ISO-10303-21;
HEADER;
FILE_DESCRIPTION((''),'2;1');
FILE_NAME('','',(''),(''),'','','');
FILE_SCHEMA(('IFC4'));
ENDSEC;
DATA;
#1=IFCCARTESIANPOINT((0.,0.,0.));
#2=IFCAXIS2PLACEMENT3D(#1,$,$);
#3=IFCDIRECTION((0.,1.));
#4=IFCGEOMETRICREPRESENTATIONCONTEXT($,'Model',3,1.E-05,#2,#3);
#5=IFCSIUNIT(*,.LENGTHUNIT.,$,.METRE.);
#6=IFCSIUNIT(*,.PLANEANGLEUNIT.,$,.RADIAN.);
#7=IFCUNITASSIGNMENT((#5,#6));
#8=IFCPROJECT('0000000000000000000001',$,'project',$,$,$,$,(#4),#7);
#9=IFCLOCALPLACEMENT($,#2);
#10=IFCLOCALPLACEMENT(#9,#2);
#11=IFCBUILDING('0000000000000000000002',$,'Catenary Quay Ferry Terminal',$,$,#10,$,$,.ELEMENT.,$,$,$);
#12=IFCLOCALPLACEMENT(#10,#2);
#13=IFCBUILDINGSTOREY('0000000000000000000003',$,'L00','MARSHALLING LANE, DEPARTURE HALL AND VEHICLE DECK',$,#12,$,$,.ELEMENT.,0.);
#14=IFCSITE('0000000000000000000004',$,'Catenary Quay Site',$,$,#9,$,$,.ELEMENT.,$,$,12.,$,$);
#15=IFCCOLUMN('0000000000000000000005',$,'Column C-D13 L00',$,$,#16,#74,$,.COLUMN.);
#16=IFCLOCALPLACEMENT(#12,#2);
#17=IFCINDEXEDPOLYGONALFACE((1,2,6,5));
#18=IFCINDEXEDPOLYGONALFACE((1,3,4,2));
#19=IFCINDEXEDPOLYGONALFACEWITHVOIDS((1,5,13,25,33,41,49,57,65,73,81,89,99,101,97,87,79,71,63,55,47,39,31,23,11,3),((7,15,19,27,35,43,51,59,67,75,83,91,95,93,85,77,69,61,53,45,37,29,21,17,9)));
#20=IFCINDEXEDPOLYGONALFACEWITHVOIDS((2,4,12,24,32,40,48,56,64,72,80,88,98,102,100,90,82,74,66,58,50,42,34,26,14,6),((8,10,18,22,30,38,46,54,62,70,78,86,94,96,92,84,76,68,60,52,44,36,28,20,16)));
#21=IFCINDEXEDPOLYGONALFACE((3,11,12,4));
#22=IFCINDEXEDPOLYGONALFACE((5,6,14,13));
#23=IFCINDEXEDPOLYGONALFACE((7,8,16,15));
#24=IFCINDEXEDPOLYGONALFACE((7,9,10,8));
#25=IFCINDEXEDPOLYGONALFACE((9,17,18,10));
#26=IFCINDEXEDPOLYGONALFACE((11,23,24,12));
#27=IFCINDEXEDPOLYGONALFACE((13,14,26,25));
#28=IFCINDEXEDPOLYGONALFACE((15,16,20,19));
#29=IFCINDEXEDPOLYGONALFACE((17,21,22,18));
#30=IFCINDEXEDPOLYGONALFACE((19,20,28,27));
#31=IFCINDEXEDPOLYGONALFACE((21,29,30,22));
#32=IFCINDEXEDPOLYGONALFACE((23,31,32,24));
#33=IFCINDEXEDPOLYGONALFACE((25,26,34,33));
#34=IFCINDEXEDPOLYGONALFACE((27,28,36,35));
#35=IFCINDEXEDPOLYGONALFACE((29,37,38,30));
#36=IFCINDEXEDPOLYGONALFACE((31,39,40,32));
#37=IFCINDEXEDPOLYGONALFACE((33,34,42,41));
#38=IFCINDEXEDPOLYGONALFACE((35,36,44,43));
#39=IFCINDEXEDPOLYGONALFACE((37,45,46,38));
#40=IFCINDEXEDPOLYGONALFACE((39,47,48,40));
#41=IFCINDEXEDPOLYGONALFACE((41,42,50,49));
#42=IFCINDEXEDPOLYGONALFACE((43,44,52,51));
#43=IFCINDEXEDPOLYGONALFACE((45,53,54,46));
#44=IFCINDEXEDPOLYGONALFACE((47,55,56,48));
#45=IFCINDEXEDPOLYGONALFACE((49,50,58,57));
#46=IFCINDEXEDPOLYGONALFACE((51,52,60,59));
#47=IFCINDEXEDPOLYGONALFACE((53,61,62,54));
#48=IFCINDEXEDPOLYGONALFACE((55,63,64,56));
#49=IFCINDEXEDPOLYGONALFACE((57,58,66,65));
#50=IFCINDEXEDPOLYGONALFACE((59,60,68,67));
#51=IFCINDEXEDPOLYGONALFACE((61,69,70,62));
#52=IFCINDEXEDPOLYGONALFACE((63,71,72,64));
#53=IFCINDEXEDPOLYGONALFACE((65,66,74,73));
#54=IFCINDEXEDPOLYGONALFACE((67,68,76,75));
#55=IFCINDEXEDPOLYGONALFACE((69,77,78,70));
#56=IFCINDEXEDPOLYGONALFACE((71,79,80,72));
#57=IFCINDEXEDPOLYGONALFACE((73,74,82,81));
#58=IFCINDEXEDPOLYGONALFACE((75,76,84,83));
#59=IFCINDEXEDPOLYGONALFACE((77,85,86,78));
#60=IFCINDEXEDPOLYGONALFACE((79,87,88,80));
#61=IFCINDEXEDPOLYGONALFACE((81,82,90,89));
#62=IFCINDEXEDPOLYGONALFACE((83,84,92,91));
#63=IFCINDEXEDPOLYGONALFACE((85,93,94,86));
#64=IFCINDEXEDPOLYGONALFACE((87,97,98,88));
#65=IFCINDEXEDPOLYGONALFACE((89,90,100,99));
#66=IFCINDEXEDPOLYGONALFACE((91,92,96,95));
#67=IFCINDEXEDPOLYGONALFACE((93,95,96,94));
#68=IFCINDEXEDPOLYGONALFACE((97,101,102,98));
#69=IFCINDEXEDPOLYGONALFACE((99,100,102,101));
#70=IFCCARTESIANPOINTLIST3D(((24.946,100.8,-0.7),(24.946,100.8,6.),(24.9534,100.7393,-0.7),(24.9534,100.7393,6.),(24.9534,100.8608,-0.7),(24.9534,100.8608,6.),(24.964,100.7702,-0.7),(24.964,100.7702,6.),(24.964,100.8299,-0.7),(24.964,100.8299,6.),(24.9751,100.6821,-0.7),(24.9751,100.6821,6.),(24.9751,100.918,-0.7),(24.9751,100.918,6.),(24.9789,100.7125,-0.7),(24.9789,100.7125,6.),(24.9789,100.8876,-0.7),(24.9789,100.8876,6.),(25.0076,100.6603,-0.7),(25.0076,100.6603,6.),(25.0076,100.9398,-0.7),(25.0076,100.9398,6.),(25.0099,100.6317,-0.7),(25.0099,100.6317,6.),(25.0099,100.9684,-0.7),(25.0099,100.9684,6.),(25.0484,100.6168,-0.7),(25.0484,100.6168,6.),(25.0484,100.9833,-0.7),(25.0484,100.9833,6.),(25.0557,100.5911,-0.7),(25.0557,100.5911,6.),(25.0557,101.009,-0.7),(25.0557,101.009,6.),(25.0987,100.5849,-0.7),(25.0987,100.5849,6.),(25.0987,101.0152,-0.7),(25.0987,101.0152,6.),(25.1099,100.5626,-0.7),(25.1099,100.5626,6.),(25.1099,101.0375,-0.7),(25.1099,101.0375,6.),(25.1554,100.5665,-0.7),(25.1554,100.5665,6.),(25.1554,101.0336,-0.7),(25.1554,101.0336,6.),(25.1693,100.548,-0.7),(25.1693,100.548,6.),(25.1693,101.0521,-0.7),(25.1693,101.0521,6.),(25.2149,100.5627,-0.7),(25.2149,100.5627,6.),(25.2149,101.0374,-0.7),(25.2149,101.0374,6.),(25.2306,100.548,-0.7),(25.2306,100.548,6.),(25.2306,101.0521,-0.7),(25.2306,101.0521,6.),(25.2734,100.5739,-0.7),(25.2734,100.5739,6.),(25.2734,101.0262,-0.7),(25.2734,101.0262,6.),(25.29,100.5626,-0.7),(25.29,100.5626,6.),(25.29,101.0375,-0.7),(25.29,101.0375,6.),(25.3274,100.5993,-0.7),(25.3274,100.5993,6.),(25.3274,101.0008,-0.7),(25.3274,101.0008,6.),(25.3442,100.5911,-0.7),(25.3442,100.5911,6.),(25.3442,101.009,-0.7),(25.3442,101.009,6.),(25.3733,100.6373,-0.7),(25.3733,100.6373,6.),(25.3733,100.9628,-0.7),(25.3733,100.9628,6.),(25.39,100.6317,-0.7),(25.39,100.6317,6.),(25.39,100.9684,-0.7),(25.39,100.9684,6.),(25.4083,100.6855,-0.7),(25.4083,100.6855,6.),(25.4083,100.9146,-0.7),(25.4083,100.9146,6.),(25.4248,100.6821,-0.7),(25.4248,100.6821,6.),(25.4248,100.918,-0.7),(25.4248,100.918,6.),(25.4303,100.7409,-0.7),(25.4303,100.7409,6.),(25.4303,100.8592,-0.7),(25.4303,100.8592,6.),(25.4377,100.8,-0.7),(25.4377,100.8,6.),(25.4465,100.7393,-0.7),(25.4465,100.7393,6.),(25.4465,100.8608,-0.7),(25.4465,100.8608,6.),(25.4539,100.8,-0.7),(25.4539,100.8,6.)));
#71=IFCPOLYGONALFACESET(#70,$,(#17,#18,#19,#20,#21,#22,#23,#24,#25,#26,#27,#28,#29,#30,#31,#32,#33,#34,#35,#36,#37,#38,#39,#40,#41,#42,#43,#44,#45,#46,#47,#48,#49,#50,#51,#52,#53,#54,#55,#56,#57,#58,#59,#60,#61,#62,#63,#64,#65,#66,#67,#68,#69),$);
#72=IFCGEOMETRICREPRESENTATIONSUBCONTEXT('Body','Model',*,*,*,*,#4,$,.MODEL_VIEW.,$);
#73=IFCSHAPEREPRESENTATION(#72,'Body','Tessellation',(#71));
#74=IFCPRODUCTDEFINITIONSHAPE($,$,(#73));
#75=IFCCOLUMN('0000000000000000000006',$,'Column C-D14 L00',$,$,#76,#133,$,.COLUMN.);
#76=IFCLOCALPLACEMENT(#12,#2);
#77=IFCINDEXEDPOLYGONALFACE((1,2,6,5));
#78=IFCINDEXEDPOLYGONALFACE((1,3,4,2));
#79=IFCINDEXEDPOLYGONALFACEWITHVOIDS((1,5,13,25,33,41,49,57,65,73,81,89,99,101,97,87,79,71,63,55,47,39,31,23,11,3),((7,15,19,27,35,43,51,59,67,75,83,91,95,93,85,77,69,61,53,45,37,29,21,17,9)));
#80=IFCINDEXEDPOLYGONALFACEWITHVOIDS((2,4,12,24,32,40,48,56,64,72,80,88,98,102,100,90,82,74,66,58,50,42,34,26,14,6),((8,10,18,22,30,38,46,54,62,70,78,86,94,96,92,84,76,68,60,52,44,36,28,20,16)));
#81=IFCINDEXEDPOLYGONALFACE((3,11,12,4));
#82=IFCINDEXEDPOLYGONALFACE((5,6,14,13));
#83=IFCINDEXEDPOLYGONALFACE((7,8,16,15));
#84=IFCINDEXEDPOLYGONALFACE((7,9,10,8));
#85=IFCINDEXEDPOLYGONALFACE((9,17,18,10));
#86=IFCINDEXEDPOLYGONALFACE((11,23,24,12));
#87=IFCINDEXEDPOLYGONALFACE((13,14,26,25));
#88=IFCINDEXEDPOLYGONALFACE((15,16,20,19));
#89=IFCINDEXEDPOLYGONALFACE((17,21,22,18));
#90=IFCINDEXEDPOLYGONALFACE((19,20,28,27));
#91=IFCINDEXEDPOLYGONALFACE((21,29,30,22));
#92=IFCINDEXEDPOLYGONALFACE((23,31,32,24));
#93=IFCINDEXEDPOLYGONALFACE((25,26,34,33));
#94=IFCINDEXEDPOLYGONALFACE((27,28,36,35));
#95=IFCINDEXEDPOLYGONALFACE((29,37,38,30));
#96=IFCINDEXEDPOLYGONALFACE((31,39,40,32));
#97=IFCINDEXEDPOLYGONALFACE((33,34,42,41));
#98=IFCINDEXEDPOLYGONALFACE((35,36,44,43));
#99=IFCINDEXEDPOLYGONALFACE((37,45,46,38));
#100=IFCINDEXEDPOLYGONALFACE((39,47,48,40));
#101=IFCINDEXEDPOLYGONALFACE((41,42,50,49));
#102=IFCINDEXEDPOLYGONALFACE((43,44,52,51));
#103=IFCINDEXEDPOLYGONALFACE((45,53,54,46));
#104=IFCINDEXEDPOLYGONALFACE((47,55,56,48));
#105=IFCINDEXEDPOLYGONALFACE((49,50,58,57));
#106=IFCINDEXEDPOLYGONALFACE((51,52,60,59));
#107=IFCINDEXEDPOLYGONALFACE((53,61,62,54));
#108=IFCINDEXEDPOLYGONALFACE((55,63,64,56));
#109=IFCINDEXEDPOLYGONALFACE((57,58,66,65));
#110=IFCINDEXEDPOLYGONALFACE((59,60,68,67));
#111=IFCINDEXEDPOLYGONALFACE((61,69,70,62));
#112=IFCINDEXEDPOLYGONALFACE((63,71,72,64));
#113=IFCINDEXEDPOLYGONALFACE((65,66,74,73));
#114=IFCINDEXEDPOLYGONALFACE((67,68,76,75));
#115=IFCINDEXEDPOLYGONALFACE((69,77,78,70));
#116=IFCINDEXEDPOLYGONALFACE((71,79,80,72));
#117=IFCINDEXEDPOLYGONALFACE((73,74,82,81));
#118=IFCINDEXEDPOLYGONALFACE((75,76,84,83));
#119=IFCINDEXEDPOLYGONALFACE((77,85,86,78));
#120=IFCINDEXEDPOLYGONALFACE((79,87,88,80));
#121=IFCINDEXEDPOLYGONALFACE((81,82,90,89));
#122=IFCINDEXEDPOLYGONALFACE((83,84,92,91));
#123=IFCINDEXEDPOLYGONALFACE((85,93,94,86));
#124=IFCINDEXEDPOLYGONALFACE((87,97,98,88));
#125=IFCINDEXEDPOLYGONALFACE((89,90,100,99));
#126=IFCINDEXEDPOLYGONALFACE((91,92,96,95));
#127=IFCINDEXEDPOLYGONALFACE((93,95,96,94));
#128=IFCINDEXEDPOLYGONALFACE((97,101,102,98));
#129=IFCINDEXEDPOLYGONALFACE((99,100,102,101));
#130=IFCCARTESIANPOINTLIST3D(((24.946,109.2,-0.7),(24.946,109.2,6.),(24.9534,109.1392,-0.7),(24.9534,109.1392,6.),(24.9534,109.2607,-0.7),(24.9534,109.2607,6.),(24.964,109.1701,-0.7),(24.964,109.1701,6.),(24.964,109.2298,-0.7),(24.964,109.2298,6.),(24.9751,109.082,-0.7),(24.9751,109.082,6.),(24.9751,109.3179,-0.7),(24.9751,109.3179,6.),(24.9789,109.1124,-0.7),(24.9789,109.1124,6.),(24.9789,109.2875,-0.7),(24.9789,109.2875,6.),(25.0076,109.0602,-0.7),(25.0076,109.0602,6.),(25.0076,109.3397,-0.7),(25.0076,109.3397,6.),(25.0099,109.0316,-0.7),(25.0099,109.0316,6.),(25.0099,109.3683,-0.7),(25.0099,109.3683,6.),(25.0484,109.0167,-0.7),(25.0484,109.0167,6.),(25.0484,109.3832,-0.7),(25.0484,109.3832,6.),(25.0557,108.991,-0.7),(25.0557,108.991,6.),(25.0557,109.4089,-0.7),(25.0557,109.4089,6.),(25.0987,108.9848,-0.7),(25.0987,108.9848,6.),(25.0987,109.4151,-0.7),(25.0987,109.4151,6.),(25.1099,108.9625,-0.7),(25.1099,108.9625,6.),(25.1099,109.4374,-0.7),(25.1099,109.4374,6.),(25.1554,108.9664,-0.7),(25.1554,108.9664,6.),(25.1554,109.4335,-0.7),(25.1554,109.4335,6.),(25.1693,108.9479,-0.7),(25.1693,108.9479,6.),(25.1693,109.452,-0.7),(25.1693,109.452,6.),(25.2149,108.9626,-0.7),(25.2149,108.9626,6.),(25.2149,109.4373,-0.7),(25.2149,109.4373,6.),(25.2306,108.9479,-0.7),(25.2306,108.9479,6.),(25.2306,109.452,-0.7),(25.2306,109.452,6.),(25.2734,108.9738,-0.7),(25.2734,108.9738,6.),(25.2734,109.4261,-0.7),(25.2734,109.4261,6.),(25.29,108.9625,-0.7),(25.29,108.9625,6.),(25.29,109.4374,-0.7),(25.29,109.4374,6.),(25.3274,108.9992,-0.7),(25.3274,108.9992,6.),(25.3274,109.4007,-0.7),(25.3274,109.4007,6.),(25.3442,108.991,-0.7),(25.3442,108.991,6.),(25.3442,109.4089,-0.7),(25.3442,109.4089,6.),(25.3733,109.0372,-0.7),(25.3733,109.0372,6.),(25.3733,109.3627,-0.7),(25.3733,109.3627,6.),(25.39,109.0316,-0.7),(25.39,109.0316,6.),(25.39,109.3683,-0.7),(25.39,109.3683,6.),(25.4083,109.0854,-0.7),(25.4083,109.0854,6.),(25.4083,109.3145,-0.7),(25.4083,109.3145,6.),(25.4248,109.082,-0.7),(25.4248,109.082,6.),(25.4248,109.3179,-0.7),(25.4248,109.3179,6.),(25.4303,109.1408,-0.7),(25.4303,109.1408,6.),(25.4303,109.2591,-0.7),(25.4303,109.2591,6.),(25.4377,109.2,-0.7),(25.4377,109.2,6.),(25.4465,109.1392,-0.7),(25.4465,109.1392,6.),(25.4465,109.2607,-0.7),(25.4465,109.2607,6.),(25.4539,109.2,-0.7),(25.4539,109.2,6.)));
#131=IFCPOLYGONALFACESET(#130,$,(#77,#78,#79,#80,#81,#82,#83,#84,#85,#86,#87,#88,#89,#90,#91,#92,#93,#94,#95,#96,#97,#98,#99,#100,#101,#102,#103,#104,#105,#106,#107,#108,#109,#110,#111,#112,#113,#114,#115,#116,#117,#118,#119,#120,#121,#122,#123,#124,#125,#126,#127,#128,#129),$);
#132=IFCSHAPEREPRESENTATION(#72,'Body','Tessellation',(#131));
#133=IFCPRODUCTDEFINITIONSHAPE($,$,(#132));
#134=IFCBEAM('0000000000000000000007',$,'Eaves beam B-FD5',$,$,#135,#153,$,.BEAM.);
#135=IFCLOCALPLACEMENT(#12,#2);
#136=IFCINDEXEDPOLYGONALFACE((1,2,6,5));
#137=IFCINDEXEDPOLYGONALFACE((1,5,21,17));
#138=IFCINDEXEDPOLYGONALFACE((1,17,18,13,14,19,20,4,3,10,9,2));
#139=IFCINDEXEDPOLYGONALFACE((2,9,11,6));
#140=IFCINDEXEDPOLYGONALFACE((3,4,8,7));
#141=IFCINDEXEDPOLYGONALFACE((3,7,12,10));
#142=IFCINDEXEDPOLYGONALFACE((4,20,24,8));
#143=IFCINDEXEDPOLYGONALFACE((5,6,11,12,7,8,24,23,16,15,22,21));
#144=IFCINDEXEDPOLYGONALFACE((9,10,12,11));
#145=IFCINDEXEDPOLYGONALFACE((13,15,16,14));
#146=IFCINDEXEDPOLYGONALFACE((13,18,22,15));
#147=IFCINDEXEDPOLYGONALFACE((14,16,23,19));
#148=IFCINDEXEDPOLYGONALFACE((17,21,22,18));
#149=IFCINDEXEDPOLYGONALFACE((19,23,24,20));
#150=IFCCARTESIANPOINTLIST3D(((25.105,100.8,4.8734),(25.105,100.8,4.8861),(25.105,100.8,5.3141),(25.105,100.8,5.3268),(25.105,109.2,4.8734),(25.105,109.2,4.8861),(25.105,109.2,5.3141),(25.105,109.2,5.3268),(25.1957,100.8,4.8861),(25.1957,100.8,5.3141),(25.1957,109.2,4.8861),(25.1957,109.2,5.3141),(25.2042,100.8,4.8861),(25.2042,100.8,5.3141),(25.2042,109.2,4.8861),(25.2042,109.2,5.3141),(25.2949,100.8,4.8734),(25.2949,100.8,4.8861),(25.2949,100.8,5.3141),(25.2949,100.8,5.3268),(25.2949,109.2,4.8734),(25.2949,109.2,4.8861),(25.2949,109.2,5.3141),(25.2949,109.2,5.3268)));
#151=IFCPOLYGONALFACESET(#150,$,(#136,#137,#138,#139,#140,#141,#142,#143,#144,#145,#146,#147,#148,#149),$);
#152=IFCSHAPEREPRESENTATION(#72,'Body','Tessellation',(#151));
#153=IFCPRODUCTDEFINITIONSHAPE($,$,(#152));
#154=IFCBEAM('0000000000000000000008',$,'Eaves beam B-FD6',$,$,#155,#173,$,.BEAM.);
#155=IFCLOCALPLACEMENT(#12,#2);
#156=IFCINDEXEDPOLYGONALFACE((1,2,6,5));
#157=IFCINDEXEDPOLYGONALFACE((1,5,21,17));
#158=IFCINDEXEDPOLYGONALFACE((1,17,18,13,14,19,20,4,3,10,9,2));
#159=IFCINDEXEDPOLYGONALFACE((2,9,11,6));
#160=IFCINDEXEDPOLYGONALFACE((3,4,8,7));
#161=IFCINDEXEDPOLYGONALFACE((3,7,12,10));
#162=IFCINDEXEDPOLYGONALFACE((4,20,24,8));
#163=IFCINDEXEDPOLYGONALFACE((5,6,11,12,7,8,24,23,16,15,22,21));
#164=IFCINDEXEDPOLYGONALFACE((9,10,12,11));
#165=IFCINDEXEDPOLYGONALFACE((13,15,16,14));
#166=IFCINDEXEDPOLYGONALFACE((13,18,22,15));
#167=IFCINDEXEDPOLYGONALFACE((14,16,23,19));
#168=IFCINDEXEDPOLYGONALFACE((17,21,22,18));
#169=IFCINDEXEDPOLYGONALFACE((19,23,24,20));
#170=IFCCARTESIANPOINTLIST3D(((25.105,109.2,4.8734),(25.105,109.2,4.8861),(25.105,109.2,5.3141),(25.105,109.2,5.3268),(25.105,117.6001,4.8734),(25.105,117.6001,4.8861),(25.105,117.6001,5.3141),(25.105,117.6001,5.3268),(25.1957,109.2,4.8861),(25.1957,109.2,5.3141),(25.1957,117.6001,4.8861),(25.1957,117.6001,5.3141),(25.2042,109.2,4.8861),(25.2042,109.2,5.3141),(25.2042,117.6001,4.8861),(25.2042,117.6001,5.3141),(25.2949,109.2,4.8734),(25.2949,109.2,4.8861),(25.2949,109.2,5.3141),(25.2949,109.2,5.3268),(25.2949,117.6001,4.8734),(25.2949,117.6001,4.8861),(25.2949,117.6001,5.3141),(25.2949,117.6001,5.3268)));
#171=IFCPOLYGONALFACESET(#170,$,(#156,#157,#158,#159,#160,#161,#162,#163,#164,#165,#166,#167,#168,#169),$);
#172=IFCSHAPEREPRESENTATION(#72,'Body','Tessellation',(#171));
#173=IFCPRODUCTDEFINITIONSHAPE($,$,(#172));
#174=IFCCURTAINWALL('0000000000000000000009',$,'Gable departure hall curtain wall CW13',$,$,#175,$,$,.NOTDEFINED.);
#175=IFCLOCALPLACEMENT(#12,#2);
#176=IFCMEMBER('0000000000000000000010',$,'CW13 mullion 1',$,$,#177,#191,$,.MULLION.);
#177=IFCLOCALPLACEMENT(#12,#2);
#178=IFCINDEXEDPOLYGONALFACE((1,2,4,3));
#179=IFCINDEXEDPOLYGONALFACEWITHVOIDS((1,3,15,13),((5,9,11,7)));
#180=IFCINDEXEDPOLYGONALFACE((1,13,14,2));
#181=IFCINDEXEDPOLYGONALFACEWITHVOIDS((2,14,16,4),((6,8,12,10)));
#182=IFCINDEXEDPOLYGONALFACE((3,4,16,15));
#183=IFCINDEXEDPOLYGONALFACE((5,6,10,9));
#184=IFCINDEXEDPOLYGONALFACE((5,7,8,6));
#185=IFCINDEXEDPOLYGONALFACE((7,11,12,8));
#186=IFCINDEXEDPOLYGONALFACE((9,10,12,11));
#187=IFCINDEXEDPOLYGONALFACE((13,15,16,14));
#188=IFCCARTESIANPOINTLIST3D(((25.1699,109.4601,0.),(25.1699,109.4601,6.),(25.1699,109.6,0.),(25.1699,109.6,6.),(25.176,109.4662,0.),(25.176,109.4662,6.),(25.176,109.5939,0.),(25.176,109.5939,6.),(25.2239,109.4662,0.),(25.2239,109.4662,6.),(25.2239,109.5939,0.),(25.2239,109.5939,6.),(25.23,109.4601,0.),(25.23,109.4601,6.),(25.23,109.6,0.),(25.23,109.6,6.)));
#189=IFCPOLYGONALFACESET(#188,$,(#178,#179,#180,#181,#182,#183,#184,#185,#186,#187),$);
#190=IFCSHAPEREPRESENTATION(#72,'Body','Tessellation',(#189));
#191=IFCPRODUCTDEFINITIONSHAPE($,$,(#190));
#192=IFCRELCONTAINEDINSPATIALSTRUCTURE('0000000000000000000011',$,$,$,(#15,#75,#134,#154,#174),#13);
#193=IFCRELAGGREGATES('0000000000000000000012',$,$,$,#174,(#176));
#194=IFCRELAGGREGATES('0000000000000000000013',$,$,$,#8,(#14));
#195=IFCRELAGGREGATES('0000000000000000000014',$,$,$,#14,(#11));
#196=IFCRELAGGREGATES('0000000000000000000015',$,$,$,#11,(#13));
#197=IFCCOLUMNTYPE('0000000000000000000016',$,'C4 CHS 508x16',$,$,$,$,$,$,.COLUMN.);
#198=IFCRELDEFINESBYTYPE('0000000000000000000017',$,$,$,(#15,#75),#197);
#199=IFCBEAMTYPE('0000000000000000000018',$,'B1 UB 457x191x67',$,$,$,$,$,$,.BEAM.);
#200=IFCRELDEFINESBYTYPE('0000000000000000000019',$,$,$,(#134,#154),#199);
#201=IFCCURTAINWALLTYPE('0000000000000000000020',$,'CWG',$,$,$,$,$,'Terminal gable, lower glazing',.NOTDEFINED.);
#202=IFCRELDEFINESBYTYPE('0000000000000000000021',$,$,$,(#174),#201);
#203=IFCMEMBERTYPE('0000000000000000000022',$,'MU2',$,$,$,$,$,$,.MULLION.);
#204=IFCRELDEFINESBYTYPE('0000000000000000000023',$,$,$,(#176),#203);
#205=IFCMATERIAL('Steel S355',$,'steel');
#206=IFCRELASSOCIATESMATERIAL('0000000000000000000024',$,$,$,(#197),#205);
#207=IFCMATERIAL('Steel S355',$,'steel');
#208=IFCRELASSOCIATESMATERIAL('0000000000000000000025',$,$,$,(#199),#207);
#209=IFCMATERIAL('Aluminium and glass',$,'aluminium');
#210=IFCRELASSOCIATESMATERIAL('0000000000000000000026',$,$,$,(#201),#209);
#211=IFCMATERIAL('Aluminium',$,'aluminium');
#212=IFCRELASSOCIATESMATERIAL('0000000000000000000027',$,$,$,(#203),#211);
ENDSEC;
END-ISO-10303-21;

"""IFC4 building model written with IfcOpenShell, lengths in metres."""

from ifc_helpers import new_model, si_unit, direction, frame, origin, origin_2d, place, context, subcontext, project, spatial, hollow_rectangle, hollow_circle, i_section, extrude, material, material_profile, profile_set, type_object, element, aggregate, save


model = new_model("IFC4")

# Units and contexts
model_context = context("Model", 3, precision=1e-05, world=origin(), true_north=direction((0.0, 1.0)))
body_context = subcontext(model_context, "Body", "Model", "MODEL_VIEW")
ifc_project = project(units=[si_unit("LENGTHUNIT", "METRE"), si_unit("PLANEANGLEUNIT", "RADIAN")], contexts=[model_context])

# Site, building, storey
site_placement = place(None, origin())
site = spatial("IfcSite", under=ifc_project, at=site_placement, Name="Catenary Quay Site", CompositionType="ELEMENT", RefElevation=12.0)
building_placement = place(site_placement, origin())
building = spatial("IfcBuilding", under=site, at=building_placement, Name="Catenary Quay Ferry Terminal", CompositionType="ELEMENT")
storey_placement = place(building_placement, origin())
storey = spatial("IfcBuildingStorey", under=building, at=storey_placement, Name="L00", Description="MARSHALLING LANE, DEPARTURE HALL AND VEHICLE DECK", CompositionType="ELEMENT", Elevation=0.0)

# Columns
ifc_material_1 = material(Name="Steel S355", Category="steel")
ifc_material_profile_1 = material_profile(ifc_material_1, hollow_circle(Radius=0.2539, WallThickness=0.0161, at=origin_2d()), Name="CHS 508x16")
ifc_profile_set_1 = profile_set([ifc_material_profile_1], Name="Steel S355")
column_type = type_object("IfcColumnType", Name="C4 CHS 508x16", PredefinedType="COLUMN", material=ifc_profile_set_1)
for number, where, z_axis, x_axis, name in (
    (1, (25.2, 100.8, -0.7), (0.0, 0.0, 1.0), (1.0, 0.0, 0.0), "Column C-D13 L00"),
    (2, (25.2, 109.2, -0.7), (0.0, 0.0, 1.0), (1.0, 0.0, 0.0), "Column C-D14 L00"),
):
    element("IfcColumn", number, at=place(storey_placement, frame(where, z_axis=z_axis, x_axis=x_axis)), inside=storey, type_object=column_type, Name=name, PredefinedType="COLUMN", context=body_context, shape_type="SweptSolid", body=[
        extrude(hollow_circle(Radius=0.2539, WallThickness=0.0161, at=origin_2d()), origin(), (0.0, 0.0, 1.0), 6.7),
    ])

# Beams
ifc_material_2 = material(Name="Steel S355", Category="steel")
ifc_material_profile_2 = material_profile(ifc_material_2, i_section(OverallWidth=0.1899, OverallDepth=0.4534, WebThickness=0.0085, FlangeThickness=0.0127, at=origin_2d()), Name="UB 457x191x67")
ifc_profile_set_2 = profile_set([ifc_material_profile_2], Name="Steel S355")
beam_type = type_object("IfcBeamType", Name="B1 UB 457x191x67", PredefinedType="BEAM", material=ifc_profile_set_2)
beam_1_placement = place(storey_placement, frame((25.2, 100.8, 5.1001), z_axis=(0.0, 1.0, 0.0), x_axis=(-1.0, 0.0, 0.0)))
element("IfcBeam", 3, at=beam_1_placement, inside=storey, type_object=beam_type, Name="Eaves beam B-FD5", PredefinedType="BEAM", context=body_context, shape_type="SweptSolid", body=[
    extrude(i_section(OverallWidth=0.1899, OverallDepth=0.4534, WebThickness=0.0085, FlangeThickness=0.0127, at=origin_2d()), origin(), (0.0, 0.0, 1.0), 8.3999),
])
beam_2_placement = place(storey_placement, frame((25.2, 109.2, 5.1001), z_axis=(0.0, 1.0, 0.0), x_axis=(-1.0, 0.0, 0.0)))
element("IfcBeam", 4, at=beam_2_placement, inside=storey, type_object=beam_type, Name="Eaves beam B-FD6", PredefinedType="BEAM", context=body_context, shape_type="SweptSolid", body=[
    extrude(i_section(OverallWidth=0.1899, OverallDepth=0.4534, WebThickness=0.0085, FlangeThickness=0.0127, at=origin_2d()), origin(), (0.0, 0.0, 1.0), 8.4001),
])

# Curtain wall, member
ifc_material_3 = material(Name="Aluminium and glass", Category="aluminium")
curtain_wall_type = type_object("IfcCurtainWallType", Name="CWG", ElementType="Terminal gable, lower glazing", PredefinedType="NOTDEFINED", material=ifc_material_3)
curtain_wall_placement = place(storey_placement, origin())
curtain_wall = element("IfcCurtainWall", 5, at=curtain_wall_placement, inside=storey, type_object=curtain_wall_type, Name="Gable departure hall curtain wall CW13", PredefinedType="NOTDEFINED")
ifc_material_4 = material(Name="Aluminium", Category="aluminium")
ifc_material_profile_3 = material_profile(ifc_material_4, hollow_rectangle(XDim=0.0601, YDim=0.1399, WallThickness=0.0061, at=origin_2d()), Name="MU2")
ifc_profile_set_3 = profile_set([ifc_material_profile_3], Name="Aluminium")
member_type_1 = type_object("IfcMemberType", Name="MU2", PredefinedType="MULLION", material=ifc_profile_set_3)
member_1_placement = place(storey_placement, frame((25.2, 109.53, 0.0), z_axis=(0.0, 0.0, 1.0), x_axis=(-1.0, 0.0, 0.0)))
member_1 = element("IfcMember", 6, at=member_1_placement, type_object=member_type_1, Name="CW13 mullion 1", PredefinedType="MULLION", context=body_context, shape_type="SweptSolid", body=[
    extrude(hollow_rectangle(XDim=0.0601, YDim=0.1399, WallThickness=0.0061, at=origin_2d()), origin(), (0.0, 0.0, 1.0), 6.0),
])
aggregate(curtain_wall, [member_1])

save(model, "model.ifc")
